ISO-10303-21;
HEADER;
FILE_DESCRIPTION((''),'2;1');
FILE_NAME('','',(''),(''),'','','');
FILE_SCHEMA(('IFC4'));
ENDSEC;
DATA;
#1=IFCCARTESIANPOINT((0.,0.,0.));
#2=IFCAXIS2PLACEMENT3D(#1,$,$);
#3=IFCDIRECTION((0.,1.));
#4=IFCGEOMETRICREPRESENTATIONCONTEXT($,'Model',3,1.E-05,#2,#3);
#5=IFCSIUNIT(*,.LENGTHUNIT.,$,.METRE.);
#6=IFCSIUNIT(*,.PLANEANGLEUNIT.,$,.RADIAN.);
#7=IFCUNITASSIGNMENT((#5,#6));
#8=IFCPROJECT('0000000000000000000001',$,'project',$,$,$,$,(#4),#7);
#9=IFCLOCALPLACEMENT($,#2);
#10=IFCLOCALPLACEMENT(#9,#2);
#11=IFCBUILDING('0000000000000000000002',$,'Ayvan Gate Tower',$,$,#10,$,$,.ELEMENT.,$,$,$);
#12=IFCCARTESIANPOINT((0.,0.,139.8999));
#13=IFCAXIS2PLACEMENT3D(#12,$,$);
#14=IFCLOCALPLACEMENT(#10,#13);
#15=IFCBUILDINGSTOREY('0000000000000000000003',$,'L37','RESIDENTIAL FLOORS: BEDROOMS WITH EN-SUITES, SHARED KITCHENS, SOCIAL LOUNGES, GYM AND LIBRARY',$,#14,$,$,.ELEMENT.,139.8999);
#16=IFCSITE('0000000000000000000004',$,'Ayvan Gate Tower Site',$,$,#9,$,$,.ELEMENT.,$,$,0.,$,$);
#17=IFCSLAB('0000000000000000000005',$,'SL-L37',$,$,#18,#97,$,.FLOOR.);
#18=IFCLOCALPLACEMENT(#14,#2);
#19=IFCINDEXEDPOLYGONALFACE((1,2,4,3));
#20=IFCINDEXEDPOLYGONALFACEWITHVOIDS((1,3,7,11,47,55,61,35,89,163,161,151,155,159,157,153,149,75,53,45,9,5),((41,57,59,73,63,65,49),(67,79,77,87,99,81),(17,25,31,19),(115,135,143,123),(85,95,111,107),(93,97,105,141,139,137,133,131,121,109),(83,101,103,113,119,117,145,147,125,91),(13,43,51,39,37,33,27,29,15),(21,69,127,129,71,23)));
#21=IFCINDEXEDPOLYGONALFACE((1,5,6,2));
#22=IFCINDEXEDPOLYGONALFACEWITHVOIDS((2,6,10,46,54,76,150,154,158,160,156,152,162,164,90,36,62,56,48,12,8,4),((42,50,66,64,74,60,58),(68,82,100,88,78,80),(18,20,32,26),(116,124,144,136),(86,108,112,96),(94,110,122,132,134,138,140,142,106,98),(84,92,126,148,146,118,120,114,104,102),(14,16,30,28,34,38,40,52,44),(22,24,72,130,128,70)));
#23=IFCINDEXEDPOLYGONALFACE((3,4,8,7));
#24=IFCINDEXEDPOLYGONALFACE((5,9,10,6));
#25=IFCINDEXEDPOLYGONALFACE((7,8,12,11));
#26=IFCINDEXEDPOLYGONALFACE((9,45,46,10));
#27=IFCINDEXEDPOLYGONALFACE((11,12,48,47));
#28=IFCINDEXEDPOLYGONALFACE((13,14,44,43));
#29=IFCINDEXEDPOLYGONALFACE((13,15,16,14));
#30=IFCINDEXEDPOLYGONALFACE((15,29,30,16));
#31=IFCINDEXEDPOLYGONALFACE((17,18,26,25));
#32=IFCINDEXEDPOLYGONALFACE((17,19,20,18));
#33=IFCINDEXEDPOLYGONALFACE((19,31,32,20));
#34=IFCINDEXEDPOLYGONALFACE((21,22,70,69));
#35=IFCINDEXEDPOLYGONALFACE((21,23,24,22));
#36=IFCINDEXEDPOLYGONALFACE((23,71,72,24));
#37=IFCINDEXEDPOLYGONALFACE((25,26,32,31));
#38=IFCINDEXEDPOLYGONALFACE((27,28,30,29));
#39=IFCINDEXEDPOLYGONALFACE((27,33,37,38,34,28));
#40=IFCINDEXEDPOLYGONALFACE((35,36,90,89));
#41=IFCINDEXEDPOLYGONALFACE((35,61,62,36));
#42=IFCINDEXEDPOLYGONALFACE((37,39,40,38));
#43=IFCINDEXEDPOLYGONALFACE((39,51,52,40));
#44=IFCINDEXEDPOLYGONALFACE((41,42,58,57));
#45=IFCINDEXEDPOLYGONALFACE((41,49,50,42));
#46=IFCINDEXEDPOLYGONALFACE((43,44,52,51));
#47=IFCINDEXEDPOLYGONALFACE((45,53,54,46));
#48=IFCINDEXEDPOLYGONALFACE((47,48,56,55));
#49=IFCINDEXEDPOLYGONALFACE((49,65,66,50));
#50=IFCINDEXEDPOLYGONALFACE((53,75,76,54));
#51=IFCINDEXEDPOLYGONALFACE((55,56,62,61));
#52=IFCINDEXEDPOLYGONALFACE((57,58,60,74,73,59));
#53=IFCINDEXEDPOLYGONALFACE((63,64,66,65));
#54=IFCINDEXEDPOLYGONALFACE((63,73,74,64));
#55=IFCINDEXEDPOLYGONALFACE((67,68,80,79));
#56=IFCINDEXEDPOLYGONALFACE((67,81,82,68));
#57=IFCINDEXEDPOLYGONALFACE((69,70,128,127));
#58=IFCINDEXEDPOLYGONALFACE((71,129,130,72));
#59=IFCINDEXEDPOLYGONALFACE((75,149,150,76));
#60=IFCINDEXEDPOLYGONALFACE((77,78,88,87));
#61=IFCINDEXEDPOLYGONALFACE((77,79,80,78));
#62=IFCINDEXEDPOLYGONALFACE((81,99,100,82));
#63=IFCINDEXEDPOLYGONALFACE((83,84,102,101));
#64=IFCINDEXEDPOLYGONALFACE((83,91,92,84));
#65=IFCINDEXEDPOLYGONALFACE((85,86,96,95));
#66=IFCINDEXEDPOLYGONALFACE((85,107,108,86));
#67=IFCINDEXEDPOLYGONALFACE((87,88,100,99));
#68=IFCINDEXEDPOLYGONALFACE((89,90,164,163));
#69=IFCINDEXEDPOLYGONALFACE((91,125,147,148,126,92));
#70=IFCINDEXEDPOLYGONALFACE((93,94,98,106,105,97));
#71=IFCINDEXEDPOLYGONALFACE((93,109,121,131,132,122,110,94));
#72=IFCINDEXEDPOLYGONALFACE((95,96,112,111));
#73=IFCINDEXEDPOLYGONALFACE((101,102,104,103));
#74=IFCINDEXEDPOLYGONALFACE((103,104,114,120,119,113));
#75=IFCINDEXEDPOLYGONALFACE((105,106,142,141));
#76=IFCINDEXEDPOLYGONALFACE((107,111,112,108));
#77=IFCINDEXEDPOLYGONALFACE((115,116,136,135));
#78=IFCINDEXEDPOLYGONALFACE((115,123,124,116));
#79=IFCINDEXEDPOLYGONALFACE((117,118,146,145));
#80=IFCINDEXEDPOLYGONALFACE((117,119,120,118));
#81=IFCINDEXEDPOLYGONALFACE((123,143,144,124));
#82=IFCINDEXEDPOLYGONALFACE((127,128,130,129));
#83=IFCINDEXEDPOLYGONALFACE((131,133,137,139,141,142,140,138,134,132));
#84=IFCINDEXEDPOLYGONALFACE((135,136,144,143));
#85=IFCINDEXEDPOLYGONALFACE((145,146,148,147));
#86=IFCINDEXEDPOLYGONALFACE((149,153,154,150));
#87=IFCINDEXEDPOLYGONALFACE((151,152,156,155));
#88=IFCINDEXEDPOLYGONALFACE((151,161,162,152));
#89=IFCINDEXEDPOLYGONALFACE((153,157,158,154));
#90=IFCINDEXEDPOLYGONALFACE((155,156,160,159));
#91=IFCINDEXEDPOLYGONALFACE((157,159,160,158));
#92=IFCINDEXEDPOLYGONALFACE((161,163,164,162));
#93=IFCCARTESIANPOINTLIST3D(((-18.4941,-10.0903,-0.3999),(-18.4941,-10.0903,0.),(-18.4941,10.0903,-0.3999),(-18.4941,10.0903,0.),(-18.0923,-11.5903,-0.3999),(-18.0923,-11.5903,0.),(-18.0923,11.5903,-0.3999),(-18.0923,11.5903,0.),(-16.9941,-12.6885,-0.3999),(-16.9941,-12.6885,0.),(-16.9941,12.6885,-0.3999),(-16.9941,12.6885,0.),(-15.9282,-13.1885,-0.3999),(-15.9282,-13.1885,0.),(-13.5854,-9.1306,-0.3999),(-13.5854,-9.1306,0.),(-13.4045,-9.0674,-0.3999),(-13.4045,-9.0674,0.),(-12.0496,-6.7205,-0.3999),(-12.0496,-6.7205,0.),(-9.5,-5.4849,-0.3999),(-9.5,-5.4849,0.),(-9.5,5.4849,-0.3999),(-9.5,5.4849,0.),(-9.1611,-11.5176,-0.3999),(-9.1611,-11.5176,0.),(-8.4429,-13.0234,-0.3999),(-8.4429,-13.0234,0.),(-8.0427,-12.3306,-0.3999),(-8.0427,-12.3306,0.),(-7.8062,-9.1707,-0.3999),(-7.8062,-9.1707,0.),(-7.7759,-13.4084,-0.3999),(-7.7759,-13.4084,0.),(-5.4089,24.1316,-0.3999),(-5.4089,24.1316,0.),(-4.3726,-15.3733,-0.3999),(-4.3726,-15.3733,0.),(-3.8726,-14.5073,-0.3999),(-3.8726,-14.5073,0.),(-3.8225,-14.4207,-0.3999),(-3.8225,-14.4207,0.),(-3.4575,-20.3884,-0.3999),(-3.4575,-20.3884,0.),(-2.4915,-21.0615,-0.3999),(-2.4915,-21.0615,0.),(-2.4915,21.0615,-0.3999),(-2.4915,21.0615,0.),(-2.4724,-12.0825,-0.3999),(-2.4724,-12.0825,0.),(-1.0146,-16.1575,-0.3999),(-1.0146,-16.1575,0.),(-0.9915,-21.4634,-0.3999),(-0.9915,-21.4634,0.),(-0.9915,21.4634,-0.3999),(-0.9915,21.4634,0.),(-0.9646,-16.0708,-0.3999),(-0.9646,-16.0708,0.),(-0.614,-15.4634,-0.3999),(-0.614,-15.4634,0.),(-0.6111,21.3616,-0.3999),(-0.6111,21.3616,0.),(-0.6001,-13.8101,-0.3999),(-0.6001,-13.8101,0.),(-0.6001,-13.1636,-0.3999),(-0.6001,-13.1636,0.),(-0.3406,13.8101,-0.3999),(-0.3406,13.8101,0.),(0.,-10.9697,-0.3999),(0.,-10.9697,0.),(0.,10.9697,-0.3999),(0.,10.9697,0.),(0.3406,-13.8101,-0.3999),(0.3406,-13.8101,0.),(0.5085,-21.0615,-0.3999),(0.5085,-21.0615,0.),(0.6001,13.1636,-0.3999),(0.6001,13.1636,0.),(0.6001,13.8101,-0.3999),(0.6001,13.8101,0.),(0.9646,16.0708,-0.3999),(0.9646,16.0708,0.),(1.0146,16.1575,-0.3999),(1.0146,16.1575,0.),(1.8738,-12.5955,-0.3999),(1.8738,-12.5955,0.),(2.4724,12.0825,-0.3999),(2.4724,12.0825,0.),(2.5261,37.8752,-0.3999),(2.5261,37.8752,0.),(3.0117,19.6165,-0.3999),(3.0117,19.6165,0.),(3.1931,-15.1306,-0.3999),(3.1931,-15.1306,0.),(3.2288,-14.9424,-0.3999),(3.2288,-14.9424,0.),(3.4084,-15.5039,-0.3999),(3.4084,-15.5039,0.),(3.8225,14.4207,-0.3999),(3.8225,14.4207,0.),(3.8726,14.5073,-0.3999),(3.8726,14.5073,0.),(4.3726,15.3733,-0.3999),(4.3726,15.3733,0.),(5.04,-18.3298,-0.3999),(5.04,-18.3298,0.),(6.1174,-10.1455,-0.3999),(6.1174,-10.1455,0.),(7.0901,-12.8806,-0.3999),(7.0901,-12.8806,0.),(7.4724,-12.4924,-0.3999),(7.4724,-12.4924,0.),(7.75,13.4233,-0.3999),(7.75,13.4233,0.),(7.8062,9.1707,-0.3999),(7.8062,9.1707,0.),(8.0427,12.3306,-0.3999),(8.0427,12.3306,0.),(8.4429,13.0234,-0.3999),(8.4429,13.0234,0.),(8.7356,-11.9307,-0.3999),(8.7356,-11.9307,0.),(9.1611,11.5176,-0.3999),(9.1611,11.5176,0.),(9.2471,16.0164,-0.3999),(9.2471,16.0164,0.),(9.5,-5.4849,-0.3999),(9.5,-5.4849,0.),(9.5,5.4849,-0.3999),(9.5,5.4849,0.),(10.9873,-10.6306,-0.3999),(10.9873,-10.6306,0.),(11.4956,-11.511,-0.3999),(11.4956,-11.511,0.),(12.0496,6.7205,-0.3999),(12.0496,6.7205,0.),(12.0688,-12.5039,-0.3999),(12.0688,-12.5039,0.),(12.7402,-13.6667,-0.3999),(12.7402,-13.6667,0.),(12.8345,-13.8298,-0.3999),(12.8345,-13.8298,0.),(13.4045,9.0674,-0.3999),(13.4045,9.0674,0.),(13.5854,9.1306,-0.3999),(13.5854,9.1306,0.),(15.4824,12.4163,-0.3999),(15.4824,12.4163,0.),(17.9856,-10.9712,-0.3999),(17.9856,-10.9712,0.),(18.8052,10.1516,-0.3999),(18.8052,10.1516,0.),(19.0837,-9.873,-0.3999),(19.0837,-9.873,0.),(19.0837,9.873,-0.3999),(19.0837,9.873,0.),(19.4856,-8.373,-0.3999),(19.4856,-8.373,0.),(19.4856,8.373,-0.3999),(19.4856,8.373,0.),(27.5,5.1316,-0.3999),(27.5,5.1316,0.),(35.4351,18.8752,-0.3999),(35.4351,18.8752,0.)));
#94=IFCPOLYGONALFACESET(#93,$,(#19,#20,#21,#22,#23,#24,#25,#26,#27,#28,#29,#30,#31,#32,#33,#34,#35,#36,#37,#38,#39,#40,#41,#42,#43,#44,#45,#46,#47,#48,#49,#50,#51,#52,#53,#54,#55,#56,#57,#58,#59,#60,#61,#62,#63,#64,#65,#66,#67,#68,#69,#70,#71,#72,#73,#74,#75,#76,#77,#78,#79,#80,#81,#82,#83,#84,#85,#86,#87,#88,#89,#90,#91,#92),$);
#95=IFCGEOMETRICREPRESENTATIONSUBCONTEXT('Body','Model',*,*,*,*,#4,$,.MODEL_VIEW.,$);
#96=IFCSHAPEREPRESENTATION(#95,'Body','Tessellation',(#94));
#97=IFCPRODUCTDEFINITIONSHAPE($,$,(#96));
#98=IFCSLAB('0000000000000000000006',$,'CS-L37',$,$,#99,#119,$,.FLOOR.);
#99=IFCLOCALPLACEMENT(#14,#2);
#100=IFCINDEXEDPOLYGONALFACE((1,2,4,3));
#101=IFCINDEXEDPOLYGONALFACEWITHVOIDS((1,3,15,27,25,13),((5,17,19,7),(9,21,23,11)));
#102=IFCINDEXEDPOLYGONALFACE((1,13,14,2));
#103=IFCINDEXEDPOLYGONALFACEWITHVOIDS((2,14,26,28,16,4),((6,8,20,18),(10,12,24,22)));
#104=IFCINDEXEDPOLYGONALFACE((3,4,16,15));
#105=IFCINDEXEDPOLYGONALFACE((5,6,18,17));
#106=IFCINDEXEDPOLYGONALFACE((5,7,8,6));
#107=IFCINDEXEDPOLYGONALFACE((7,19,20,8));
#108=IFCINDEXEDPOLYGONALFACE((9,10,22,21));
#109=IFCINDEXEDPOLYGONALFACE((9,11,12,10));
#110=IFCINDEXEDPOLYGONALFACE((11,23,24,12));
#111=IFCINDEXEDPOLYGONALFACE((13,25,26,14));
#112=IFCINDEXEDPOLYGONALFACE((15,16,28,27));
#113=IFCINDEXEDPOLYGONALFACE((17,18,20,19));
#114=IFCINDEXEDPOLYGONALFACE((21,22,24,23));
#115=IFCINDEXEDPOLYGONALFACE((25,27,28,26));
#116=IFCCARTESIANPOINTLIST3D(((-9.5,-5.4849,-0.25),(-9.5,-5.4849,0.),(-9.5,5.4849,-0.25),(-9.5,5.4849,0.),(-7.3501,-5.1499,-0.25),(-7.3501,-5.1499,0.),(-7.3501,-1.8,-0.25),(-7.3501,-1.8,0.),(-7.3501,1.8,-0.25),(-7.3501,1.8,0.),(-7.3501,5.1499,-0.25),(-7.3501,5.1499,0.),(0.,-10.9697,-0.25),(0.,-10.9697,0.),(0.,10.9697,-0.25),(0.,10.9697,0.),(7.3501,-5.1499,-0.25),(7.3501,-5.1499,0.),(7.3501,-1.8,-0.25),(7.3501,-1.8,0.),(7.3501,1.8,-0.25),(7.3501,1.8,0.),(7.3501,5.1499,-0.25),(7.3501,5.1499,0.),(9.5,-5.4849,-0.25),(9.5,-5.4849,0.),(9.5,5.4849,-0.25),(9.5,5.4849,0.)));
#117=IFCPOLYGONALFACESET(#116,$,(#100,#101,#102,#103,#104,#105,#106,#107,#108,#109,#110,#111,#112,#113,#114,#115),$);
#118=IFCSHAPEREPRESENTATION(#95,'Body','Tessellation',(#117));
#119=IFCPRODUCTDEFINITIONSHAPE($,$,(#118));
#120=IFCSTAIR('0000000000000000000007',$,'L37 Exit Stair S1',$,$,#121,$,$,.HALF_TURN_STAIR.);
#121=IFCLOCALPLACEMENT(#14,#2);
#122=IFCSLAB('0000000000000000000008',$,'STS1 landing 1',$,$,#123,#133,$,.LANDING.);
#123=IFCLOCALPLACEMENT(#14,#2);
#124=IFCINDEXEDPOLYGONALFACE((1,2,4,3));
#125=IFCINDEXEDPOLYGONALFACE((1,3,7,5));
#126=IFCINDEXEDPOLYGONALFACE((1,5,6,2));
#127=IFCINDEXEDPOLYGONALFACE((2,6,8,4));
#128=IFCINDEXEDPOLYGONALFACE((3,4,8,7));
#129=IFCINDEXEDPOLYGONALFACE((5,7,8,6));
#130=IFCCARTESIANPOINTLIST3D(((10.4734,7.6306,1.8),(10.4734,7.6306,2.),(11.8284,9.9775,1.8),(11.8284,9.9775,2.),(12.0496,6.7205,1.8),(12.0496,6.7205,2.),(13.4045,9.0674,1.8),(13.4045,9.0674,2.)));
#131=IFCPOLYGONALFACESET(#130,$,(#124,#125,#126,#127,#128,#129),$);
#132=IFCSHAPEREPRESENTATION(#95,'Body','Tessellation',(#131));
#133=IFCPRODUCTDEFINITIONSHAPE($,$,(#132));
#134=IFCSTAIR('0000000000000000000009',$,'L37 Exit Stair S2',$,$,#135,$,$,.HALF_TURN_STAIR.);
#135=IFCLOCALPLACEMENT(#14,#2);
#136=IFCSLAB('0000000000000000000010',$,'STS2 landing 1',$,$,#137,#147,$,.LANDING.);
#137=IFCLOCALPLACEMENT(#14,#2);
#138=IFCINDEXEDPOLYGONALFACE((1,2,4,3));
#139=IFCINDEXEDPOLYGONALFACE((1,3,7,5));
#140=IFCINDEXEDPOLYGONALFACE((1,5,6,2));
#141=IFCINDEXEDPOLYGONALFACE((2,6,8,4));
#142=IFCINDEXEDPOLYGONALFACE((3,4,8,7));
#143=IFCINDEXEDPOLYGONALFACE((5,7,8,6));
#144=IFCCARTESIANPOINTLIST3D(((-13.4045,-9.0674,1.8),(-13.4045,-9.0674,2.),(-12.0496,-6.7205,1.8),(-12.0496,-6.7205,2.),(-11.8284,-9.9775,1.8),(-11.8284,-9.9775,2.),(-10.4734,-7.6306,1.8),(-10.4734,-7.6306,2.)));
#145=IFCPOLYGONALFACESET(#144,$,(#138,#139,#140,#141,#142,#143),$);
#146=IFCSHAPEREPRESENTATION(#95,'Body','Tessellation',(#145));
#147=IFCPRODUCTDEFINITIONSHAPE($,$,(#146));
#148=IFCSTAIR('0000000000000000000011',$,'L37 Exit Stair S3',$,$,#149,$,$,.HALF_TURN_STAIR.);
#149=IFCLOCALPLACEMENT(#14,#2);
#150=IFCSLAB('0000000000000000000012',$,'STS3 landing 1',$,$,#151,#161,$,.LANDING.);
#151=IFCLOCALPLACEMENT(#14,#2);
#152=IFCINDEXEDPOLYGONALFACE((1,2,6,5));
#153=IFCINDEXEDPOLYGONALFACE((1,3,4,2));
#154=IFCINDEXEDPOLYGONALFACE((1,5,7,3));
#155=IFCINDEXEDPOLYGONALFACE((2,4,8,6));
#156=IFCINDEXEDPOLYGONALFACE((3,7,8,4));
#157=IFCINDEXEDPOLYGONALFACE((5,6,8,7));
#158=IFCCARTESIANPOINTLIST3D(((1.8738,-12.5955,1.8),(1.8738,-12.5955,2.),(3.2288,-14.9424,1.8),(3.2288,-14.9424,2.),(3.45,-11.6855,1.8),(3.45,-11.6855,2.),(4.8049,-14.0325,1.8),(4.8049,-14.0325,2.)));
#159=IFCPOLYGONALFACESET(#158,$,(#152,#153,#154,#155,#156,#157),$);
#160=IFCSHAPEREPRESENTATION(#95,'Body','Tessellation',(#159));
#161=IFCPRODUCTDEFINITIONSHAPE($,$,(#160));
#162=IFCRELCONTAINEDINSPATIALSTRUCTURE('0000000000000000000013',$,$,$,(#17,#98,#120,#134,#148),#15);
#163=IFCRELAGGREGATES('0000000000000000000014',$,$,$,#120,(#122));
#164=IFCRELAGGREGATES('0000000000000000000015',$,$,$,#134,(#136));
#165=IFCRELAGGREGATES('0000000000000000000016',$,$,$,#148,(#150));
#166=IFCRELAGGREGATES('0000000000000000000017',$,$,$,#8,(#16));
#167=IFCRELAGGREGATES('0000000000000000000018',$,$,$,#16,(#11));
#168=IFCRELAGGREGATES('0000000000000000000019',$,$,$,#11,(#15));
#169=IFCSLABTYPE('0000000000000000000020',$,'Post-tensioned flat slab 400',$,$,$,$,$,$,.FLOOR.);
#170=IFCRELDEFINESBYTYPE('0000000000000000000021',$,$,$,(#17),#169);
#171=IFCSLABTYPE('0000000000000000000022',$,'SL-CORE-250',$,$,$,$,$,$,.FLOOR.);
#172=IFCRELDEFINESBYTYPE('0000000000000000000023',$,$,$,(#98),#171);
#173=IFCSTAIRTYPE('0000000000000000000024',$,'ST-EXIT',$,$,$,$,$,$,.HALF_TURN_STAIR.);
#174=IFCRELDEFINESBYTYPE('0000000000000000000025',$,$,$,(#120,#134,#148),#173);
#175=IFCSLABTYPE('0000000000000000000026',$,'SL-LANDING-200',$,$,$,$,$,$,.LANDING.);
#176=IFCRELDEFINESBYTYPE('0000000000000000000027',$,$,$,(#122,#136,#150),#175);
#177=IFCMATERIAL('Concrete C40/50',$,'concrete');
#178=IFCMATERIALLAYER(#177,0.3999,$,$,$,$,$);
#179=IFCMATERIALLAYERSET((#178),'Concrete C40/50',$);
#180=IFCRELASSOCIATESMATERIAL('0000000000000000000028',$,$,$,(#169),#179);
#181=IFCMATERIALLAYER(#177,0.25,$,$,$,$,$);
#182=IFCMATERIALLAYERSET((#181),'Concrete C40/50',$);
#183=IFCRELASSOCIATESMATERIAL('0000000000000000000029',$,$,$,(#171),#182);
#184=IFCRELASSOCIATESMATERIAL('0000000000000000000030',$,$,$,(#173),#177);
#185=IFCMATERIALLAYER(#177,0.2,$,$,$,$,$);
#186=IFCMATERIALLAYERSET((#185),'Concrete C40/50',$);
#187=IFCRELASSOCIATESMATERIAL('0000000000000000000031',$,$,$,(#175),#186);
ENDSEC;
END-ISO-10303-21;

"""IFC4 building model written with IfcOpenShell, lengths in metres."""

from ifc_helpers import new_model, si_unit, direction, frame, origin, place, context, subcontext, project, spatial, polyline, outline, extrude, material, layer, layer_set, type_object, element, aggregate, save


model = new_model("IFC4")

# Units and contexts
model_context = context("Model", 3, precision=1e-05, world=origin(), true_north=direction((0.0, 1.0)))
body_context = subcontext(model_context, "Body", "Model", "MODEL_VIEW")
ifc_project = project(units=[si_unit("LENGTHUNIT", "METRE"), si_unit("PLANEANGLEUNIT", "RADIAN")], contexts=[model_context])

# Site, building, storey
site_placement = place(None, origin())
site = spatial("IfcSite", under=ifc_project, at=site_placement, Name="Ayvan Gate Tower Site", CompositionType="ELEMENT", RefElevation=0.0)
building_placement = place(site_placement, origin())
building = spatial("IfcBuilding", under=site, at=building_placement, Name="Ayvan Gate Tower", CompositionType="ELEMENT")
storey_placement = place(building_placement, frame((0.0, 0.0, 139.8999)))
storey = spatial("IfcBuildingStorey", under=building, at=storey_placement, Name="L37", Description="RESIDENTIAL FLOORS: BEDROOMS WITH EN-SUITES, SHARED KITCHENS, SOCIAL LOUNGES, GYM AND LIBRARY", CompositionType="ELEMENT", Elevation=139.8999)

# Slabs
ifc_material_1 = material(Name="Concrete C40/50", Category="concrete")
ifc_layer_1 = layer(ifc_material_1, 0.3999)
ifc_layer_set_1 = layer_set([ifc_layer_1], Name="Concrete C40/50")
slab_type_1 = type_object("IfcSlabType", Name="Post-tensioned flat slab 400", PredefinedType="FLOOR", material=ifc_layer_set_1)
slab_1_placement = place(storey_placement, frame((0.0, 0.0, -0.3999)))
element("IfcSlab", 1, at=slab_1_placement, inside=storey, type_object=slab_type_1, Name="SL-L37", PredefinedType="FLOOR", context=body_context, shape_type="SweptSolid", body=[
    extrude(outline(polyline([(-18.0923, -11.5903), (-18.4941, -10.0903), (-18.4941, 10.0903), (-18.0923, 11.5903), (-16.9941, 12.6885), (-2.4915, 21.0615), (-0.9915, 21.4634), (-0.6111, 21.3616), (-5.4089, 24.1316), (2.5261, 37.8752), (35.4351, 18.8752), (27.5, 5.1316), (18.8052, 10.1516), (19.0837, 9.873), (19.4856, 8.373), (19.4856, -8.373), (19.0837, -9.873), (17.9856, -10.9712), (0.5085, -21.0615), (-0.9915, -21.4634), (-2.4915, -21.0615), (-16.9941, -12.6885), (-18.0923, -11.5903)]), holes=[polyline([(8.4429, 13.0234), (8.0427, 12.3306), (13.5854, 9.1306), (15.4824, 12.4163), (9.2471, 16.0164), (3.0117, 19.6165), (1.0146, 16.1575), (3.8726, 14.5073), (4.3726, 15.3733), (7.75, 13.4233), (8.4429, 13.0234)]), polyline([(7.8062, 9.1707), (12.0496, 6.7205), (13.4045, 9.0674), (9.1611, 11.5176), (7.8062, 9.1707)]), polyline([(3.4084, -15.5039), (5.04, -18.3298), (12.8345, -13.8298), (12.7402, -13.6667), (12.0688, -12.5039), (11.4956, -11.511), (10.9873, -10.6306), (8.7356, -11.9307), (7.0901, -12.8806), (3.1931, -15.1306), (3.4084, -15.5039)]), polyline([(-9.5, -5.4849), (0.0, -10.9697), (9.5, -5.4849), (9.5, 5.4849), (0.0, 10.9697), (-9.5, 5.4849), (-9.5, -5.4849)]), polyline([(6.1174, -10.1455), (1.8738, -12.5955), (3.2288, -14.9424), (7.4724, -12.4924), (6.1174, -10.1455)]), polyline([(0.9646, 16.0708), (-0.3406, 13.8101), (0.6001, 13.8101), (0.6001, 13.1636), (2.4724, 12.0825), (3.8225, 14.4207), (0.9646, 16.0708)]), polyline([(-0.6001, -13.1636), (-2.4724, -12.0825), (-3.8225, -14.4207), (-0.9646, -16.0708), (-0.614, -15.4634), (0.3406, -13.8101), (-0.6001, -13.8101), (-0.6001, -13.1636)]), polyline([(-15.9282, -13.1885), (-3.4575, -20.3884), (-1.0146, -16.1575), (-3.8726, -14.5073), (-4.3726, -15.3733), (-7.7759, -13.4084), (-8.4429, -13.0234), (-8.0427, -12.3306), (-13.5854, -9.1306), (-15.9282, -13.1885)]), polyline([(-13.4045, -9.0674), (-9.1611, -11.5176), (-7.8062, -9.1707), (-12.0496, -6.7205), (-13.4045, -9.0674)])]), origin(), (0.0, 0.0, 1.0), 0.3999),
])
ifc_layer_2 = layer(ifc_material_1, 0.25)
ifc_layer_set_2 = layer_set([ifc_layer_2], Name="Concrete C40/50")
slab_type_2 = type_object("IfcSlabType", Name="SL-CORE-250", PredefinedType="FLOOR", material=ifc_layer_set_2)
slab_2_placement = place(storey_placement, frame((0.0, 0.0, -0.25)))
element("IfcSlab", 2, at=slab_2_placement, inside=storey, type_object=slab_type_2, Name="CS-L37", PredefinedType="FLOOR", context=body_context, shape_type="SweptSolid", body=[
    extrude(outline(polyline([(9.5, -5.4849), (0.0, -10.9697), (-9.5, -5.4849), (-9.5, 5.4849), (0.0, 10.9697), (9.5, 5.4849), (9.5, -5.4849)]), holes=[polyline([(-7.3501, -1.8), (-7.3501, -5.1499), (7.3501, -5.1499), (7.3501, -1.8), (-7.3501, -1.8)]), polyline([(-7.3501, 5.1499), (-7.3501, 1.8), (7.3501, 1.8), (7.3501, 5.1499), (-7.3501, 5.1499)])]), origin(), (0.0, 0.0, 1.0), 0.25),
])

# Stairs, slabs
stair_type = type_object("IfcStairType", Name="ST-EXIT", PredefinedType="HALF_TURN_STAIR", material=ifc_material_1)
stair_1_placement = place(storey_placement, origin())
stair_1 = element("IfcStair", 3, at=stair_1_placement, inside=storey, type_object=stair_type, Name="L37 Exit Stair S1", PredefinedType="HALF_TURN_STAIR")
ifc_layer_3 = layer(ifc_material_1, 0.2)
ifc_layer_set_3 = layer_set([ifc_layer_3], Name="Concrete C40/50")
slab_type_3 = type_object("IfcSlabType", Name="SL-LANDING-200", PredefinedType="LANDING", material=ifc_layer_set_3)
slab_3_placement = place(storey_placement, frame((0.0, 0.0, 1.8)))
slab_3 = element("IfcSlab", 4, at=slab_3_placement, type_object=slab_type_3, Name="STS1 landing 1", PredefinedType="LANDING", context=body_context, shape_type="SweptSolid", body=[
    extrude(outline(polyline([(10.4734, 7.6306), (12.0496, 6.7205), (13.4045, 9.0674), (11.8284, 9.9775), (10.4734, 7.6306)])), origin(), (0.0, 0.0, 1.0), 0.2),
])
aggregate(stair_1, [slab_3])
stair_2_placement = place(storey_placement, origin())
stair_2 = element("IfcStair", 5, at=stair_2_placement, inside=storey, type_object=stair_type, Name="L37 Exit Stair S2", PredefinedType="HALF_TURN_STAIR")
slab_4_placement = place(storey_placement, frame((0.0, 0.0, 1.8)))
slab_4 = element("IfcSlab", 6, at=slab_4_placement, type_object=slab_type_3, Name="STS2 landing 1", PredefinedType="LANDING", context=body_context, shape_type="SweptSolid", body=[
    extrude(outline(polyline([(-10.4734, -7.6306), (-12.0496, -6.7205), (-13.4045, -9.0674), (-11.8284, -9.9775), (-10.4734, -7.6306)])), origin(), (0.0, 0.0, 1.0), 0.2),
])
aggregate(stair_2, [slab_4])
stair_3_placement = place(storey_placement, origin())
stair_3 = element("IfcStair", 7, at=stair_3_placement, inside=storey, type_object=stair_type, Name="L37 Exit Stair S3", PredefinedType="HALF_TURN_STAIR")
slab_5_placement = place(storey_placement, frame((0.0, 0.0, 1.8)))
slab_5 = element("IfcSlab", 8, at=slab_5_placement, type_object=slab_type_3, Name="STS3 landing 1", PredefinedType="LANDING", context=body_context, shape_type="SweptSolid", body=[
    extrude(outline(polyline([(3.45, -11.6855), (1.8738, -12.5955), (3.2288, -14.9424), (4.8049, -14.0325), (3.45, -11.6855)])), origin(), (0.0, 0.0, 1.0), 0.2),
])
aggregate(stair_3, [slab_5])

save(model, "model.ifc")
